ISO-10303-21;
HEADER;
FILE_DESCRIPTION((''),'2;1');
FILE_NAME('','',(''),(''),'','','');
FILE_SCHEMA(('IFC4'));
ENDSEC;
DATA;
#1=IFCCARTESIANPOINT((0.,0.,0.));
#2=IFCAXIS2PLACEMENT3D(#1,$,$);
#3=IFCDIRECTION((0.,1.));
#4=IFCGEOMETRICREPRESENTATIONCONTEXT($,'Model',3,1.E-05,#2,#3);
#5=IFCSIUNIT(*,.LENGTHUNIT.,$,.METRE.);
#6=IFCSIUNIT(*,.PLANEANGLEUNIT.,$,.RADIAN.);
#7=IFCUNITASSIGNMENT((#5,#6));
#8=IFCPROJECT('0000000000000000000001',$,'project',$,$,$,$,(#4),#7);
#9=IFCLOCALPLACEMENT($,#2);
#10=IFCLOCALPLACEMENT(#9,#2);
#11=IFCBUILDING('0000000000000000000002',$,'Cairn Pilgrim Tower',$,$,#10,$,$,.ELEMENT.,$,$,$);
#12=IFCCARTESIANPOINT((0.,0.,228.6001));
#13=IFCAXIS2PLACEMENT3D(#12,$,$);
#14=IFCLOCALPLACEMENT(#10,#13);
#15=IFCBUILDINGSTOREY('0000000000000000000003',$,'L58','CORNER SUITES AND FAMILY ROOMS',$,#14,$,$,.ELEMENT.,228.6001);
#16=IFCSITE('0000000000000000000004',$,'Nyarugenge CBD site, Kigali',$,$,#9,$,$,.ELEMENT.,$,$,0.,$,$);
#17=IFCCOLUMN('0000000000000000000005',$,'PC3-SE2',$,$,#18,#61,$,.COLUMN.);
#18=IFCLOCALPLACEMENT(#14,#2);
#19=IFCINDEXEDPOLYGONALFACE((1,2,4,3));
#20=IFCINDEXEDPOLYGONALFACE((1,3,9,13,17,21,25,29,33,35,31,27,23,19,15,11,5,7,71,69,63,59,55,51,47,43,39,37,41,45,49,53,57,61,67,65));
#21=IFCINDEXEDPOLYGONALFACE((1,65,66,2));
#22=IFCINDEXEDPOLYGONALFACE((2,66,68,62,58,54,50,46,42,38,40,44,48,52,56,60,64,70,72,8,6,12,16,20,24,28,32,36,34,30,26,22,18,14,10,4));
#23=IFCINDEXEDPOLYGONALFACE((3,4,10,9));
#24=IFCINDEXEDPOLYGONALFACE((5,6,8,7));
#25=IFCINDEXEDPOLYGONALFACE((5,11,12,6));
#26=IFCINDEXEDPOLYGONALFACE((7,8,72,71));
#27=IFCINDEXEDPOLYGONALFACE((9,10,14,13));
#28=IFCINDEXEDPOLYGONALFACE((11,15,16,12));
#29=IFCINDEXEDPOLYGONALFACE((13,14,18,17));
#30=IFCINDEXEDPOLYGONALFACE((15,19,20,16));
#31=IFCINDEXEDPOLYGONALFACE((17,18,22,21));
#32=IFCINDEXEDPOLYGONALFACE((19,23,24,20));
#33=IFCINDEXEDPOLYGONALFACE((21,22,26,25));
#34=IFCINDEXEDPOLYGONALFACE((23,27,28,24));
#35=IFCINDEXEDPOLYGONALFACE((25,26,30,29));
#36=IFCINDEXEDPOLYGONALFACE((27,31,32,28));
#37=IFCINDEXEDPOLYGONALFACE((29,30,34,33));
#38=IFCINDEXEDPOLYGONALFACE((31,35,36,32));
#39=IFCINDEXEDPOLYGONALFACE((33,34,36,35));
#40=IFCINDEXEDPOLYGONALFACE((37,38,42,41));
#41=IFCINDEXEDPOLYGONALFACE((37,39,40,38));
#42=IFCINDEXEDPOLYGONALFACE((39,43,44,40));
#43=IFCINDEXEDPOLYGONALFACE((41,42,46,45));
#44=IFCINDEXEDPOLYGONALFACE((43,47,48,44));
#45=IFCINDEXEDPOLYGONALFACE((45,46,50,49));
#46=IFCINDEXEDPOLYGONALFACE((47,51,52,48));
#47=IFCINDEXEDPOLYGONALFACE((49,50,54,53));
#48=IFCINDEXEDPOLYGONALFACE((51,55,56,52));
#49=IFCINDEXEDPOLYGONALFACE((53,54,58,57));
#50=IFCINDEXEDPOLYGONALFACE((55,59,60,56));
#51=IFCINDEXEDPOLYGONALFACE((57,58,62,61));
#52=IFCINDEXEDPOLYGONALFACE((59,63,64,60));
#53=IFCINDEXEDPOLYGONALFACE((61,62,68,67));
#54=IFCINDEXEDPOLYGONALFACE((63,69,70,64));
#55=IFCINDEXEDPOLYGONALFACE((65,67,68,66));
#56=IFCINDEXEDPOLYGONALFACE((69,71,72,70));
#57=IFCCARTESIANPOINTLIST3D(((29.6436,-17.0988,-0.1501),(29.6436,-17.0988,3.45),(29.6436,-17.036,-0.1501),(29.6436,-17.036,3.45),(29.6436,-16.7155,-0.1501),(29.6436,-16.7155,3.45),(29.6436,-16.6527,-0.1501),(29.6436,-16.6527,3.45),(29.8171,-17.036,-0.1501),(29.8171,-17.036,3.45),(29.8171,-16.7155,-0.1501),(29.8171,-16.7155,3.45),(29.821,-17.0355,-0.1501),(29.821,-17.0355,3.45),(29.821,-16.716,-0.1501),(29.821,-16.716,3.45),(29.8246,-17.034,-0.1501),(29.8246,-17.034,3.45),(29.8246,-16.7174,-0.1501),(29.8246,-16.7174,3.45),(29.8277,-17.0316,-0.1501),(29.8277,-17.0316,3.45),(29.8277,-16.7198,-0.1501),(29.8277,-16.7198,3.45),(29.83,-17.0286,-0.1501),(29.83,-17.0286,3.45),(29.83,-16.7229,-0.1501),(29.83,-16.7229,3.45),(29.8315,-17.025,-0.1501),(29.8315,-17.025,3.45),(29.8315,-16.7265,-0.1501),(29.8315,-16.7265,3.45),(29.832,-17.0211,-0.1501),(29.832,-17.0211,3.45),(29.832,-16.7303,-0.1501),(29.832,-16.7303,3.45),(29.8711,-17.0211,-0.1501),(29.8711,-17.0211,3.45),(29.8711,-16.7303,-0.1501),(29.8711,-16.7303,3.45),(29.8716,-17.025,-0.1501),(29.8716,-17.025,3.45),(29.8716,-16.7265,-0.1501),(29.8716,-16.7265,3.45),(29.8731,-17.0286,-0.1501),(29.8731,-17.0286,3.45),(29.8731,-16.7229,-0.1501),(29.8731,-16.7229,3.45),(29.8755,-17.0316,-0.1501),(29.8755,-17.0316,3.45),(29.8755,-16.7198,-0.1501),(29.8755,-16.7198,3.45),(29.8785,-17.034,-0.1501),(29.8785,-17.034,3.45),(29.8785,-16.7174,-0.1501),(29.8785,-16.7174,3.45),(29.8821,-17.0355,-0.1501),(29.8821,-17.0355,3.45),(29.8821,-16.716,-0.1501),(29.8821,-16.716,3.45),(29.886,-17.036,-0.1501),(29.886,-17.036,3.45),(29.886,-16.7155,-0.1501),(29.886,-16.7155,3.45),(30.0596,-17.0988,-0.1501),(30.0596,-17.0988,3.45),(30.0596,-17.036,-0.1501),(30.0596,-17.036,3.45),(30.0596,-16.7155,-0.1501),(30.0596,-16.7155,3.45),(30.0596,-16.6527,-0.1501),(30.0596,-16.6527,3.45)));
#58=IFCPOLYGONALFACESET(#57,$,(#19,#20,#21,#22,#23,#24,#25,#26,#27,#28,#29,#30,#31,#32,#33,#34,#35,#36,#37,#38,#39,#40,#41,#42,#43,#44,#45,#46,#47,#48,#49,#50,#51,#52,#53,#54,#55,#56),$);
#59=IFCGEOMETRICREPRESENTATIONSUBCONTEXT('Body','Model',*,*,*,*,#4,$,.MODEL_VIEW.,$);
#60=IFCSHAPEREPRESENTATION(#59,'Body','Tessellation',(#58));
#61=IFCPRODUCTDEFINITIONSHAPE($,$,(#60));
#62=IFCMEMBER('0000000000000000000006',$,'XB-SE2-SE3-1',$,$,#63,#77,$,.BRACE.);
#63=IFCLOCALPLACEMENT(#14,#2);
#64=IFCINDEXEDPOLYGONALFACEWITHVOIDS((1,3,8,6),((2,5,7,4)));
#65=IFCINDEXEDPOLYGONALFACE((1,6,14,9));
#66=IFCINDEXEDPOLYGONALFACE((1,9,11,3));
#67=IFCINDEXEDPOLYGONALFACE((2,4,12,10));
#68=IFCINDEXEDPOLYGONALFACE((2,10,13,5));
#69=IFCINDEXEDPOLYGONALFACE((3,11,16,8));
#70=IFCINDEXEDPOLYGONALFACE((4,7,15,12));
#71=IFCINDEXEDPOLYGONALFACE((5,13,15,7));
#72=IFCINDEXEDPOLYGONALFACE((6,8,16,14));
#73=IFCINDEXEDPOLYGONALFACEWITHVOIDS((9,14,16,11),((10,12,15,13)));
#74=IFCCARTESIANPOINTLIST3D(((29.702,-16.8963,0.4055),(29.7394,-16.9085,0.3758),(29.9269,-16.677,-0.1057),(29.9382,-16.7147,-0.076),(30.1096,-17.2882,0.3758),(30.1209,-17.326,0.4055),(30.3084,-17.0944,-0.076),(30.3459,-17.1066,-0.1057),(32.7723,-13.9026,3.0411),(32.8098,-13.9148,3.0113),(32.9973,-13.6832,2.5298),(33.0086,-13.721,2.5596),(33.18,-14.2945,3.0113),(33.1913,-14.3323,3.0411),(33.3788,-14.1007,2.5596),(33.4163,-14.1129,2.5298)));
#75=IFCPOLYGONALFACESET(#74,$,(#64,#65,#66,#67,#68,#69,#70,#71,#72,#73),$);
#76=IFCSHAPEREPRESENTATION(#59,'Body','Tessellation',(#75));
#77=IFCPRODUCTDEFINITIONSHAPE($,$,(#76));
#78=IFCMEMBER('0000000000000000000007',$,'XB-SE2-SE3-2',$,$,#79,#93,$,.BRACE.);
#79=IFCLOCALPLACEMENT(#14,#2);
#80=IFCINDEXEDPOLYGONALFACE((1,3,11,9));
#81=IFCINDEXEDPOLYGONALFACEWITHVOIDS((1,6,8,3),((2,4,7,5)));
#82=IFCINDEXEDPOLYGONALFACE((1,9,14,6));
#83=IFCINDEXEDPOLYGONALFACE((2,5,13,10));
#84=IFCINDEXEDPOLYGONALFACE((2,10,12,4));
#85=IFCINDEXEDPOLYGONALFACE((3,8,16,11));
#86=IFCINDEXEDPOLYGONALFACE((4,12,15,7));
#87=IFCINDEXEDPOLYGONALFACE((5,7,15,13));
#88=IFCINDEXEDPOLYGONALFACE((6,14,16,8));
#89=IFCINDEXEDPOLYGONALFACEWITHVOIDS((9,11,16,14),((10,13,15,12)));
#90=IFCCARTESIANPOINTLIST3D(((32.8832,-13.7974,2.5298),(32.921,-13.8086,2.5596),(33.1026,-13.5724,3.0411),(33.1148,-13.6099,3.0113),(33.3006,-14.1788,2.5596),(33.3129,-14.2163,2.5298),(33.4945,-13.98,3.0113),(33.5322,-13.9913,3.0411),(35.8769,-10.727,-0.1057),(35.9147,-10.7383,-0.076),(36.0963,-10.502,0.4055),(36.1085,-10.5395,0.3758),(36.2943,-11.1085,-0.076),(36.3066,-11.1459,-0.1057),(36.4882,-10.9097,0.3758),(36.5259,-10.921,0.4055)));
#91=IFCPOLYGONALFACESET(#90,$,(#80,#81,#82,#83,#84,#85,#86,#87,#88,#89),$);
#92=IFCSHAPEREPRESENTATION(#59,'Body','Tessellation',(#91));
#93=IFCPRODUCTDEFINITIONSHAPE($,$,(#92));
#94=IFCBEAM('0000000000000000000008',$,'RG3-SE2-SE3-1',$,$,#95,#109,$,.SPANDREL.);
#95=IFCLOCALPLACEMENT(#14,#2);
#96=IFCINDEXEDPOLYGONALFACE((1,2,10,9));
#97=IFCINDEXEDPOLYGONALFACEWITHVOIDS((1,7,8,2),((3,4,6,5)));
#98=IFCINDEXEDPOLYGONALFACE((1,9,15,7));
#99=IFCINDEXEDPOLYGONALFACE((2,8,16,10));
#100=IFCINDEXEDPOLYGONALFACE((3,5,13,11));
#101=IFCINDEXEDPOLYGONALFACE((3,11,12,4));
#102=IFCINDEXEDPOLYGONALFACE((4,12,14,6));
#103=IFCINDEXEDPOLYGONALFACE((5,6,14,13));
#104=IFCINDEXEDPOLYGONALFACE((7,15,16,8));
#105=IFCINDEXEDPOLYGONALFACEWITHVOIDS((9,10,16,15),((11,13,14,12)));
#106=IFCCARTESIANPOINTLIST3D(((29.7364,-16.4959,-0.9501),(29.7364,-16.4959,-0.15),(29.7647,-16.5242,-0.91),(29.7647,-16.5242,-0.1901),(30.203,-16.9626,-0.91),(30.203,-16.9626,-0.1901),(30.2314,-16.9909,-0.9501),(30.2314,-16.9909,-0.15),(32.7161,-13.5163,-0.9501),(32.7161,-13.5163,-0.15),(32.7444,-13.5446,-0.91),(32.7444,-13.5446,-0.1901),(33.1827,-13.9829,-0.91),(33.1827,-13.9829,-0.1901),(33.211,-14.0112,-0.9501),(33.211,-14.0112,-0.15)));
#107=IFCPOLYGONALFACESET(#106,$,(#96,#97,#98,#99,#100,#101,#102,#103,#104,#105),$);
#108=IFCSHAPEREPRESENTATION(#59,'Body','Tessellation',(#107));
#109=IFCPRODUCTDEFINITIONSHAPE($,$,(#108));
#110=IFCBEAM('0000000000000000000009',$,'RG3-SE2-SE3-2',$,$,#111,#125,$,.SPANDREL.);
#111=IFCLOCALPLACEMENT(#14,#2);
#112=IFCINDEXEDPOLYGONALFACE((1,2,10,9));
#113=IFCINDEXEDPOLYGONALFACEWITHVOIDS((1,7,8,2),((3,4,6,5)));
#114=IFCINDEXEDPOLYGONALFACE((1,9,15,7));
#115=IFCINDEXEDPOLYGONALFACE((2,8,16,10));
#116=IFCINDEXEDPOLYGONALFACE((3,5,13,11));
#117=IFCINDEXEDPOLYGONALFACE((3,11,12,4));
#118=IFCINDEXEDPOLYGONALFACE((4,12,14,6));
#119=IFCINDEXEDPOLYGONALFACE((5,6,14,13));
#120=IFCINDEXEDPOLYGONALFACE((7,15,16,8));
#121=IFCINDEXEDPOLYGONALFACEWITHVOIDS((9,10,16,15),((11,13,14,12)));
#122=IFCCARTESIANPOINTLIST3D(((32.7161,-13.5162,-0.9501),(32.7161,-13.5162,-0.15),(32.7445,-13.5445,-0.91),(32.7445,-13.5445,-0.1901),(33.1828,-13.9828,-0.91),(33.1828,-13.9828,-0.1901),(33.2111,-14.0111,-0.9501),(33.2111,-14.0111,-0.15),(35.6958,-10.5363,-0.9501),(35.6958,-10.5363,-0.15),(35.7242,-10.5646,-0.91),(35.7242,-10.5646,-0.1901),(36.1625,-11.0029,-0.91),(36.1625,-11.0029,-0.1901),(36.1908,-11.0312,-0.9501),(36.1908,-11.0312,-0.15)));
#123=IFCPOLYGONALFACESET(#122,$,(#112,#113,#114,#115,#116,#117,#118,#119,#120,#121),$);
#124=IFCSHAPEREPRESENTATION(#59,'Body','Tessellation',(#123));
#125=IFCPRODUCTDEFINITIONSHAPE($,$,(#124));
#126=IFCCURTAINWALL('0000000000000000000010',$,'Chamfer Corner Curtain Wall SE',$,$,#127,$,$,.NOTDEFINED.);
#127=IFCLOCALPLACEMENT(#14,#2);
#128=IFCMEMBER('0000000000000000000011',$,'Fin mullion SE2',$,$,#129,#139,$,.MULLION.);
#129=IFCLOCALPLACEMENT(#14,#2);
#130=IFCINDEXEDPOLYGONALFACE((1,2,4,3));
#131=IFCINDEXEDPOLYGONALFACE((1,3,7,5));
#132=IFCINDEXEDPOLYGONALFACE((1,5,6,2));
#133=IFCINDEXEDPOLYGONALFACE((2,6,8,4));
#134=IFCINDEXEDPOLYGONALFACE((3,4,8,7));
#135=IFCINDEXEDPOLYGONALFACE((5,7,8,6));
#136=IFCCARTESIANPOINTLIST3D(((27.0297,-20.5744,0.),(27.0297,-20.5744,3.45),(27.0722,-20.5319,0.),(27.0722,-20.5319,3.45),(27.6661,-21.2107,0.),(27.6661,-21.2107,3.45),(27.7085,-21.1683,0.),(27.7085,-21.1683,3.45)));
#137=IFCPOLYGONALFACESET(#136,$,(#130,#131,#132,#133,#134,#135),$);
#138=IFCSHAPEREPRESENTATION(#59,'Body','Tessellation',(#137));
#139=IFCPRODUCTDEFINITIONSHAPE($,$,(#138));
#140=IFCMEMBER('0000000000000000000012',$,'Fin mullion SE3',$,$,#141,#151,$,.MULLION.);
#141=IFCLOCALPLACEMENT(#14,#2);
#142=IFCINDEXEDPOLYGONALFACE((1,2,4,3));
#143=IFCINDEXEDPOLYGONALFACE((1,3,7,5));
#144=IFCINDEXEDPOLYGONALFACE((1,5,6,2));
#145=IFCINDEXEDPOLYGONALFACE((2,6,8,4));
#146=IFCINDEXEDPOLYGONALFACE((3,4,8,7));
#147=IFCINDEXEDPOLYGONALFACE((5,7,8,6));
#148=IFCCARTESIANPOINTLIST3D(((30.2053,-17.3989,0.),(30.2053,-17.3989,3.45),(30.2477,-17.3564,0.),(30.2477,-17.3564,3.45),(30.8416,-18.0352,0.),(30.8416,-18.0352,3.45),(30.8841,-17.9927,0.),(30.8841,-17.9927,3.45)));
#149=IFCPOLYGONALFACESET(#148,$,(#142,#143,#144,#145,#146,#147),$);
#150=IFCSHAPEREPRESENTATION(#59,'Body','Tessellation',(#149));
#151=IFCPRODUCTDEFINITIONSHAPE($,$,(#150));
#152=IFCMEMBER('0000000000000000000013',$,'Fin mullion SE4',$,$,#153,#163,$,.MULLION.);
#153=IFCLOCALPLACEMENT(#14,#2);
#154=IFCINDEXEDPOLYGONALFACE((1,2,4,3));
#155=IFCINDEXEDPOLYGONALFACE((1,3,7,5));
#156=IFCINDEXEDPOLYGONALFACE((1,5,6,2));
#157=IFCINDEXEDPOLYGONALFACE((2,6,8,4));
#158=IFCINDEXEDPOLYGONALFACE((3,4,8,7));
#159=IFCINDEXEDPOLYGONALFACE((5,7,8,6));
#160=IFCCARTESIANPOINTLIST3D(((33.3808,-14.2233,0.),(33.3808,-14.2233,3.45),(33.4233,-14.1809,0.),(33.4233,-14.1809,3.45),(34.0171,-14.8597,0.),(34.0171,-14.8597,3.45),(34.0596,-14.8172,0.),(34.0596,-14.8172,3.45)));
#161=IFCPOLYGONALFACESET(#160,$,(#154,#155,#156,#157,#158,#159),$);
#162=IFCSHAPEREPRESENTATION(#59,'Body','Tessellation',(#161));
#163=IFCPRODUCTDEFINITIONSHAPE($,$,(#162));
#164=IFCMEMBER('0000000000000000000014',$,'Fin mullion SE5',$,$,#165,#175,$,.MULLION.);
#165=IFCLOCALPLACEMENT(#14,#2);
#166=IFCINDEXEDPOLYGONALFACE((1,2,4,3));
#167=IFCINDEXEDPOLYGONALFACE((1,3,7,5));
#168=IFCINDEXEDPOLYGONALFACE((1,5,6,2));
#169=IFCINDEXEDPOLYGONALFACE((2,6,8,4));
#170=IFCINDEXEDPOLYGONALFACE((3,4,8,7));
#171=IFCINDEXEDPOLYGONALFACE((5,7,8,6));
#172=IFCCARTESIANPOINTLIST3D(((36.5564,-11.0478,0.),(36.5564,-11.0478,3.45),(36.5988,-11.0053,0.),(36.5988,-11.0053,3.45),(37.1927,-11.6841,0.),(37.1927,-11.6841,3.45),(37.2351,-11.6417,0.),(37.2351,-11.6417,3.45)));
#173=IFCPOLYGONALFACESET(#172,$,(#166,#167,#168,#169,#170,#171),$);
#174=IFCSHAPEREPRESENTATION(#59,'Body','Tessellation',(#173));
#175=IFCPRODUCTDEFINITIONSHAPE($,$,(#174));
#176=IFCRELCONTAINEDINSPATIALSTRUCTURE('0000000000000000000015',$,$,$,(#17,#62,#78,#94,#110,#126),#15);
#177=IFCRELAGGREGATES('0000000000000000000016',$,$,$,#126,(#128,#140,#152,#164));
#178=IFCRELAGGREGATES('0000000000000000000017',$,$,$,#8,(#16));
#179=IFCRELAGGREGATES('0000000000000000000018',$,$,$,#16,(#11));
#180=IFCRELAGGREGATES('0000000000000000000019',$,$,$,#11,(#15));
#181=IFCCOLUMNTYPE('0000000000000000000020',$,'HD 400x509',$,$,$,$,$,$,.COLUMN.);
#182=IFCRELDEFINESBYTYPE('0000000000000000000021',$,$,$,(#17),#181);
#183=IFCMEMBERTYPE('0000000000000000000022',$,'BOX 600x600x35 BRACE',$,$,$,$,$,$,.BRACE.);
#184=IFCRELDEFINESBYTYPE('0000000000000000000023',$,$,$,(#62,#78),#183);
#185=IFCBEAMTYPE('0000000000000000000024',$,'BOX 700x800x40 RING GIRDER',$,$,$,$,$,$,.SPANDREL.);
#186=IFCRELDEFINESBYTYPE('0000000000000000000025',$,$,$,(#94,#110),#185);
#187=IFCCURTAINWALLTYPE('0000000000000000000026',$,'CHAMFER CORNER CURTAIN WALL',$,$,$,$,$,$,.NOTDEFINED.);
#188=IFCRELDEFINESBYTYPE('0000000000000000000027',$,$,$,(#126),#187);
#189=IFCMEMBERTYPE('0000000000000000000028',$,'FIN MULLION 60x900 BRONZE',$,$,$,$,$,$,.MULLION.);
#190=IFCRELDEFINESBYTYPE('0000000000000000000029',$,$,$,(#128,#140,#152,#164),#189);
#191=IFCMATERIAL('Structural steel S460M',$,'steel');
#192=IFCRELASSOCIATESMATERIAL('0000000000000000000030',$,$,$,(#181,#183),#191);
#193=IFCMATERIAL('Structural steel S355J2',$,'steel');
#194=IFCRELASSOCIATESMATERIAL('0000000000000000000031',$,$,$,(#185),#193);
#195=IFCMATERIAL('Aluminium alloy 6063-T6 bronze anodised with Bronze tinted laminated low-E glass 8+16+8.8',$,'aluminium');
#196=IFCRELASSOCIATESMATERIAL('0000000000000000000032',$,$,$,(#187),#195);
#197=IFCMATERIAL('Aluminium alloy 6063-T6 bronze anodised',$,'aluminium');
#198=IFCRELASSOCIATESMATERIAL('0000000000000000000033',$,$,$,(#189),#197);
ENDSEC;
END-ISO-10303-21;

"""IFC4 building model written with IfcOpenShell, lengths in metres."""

from ifc_helpers import new_model, si_unit, direction, frame, origin, origin_2d, place, context, subcontext, project, spatial, rectangle, hollow_rectangle, i_section, extrude, material, material_profile, profile_set, type_object, element, aggregate, save


model = new_model("IFC4")

# Units and contexts
model_context = context("Model", 3, precision=1e-05, world=origin(), true_north=direction((0.0, 1.0)))
body_context = subcontext(model_context, "Body", "Model", "MODEL_VIEW")
ifc_project = project(units=[si_unit("LENGTHUNIT", "METRE"), si_unit("PLANEANGLEUNIT", "RADIAN")], contexts=[model_context])

# Site, building, storey
site_placement = place(None, origin())
site = spatial("IfcSite", under=ifc_project, at=site_placement, Name="Nyarugenge CBD site, Kigali", CompositionType="ELEMENT", RefElevation=0.0)
building_placement = place(site_placement, origin())
building = spatial("IfcBuilding", under=site, at=building_placement, Name="Cairn Pilgrim Tower", CompositionType="ELEMENT")
storey_placement = place(building_placement, frame((0.0, 0.0, 228.6001)))
storey = spatial("IfcBuildingStorey", under=building, at=storey_placement, Name="L58", Description="CORNER SUITES AND FAMILY ROOMS", CompositionType="ELEMENT", Elevation=228.6001)

# Column
ifc_material_1 = material(Name="Structural steel S460M", Category="steel")
ifc_material_profile_1 = material_profile(ifc_material_1, i_section(OverallWidth=0.416, OverallDepth=0.446, WebThickness=0.0391, FlangeThickness=0.0627, FilletRadius=0.0149, at=origin_2d()), Name="HD 400x509")
ifc_profile_set_1 = profile_set([ifc_material_profile_1], Name="Structural steel S460M")
column_type = type_object("IfcColumnType", Name="HD 400x509", PredefinedType="COLUMN", material=ifc_profile_set_1)
column_placement = place(storey_placement, frame((29.8516, -16.8757, -0.1501), z_axis=(0.0, 0.0, 1.0), x_axis=(1.0, 0.0, 0.0)))
element("IfcColumn", 1, at=column_placement, inside=storey, type_object=column_type, Name="PC3-SE2", PredefinedType="COLUMN", context=body_context, shape_type="SweptSolid", body=[
    extrude(i_section(OverallWidth=0.416, OverallDepth=0.446, WebThickness=0.0391, FlangeThickness=0.0627, FilletRadius=0.0149, at=origin_2d()), origin(), (0.0, 0.0, 1.0), 3.6001),
])

# Members
ifc_material_profile_2 = material_profile(ifc_material_1, hollow_rectangle(XDim=0.6001, YDim=0.6001, WallThickness=0.0349, at=origin_2d()), Name="BOX 600x600x35")
ifc_profile_set_2 = profile_set([ifc_material_profile_2], Name="Structural steel S460M")
member_type_1 = type_object("IfcMemberType", Name="BOX 600x600x35 BRACE", PredefinedType="BRACE", material=ifc_profile_set_2)
for number, where, z_axis, x_axis, name in (
    (2, (30.0239, -17.0015, 0.1499), (0.609994, 0.594763, 0.523607), (-0.698112, 0.715989, 0.0), "XB-SE2-SE3-1"),
    (3, (36.2014, -10.824, 0.1499), (-0.594763, -0.609994, 0.523607), (0.715989, -0.698112, 0.0), "XB-SE2-SE3-2"),
):
    element("IfcMember", number, at=place(storey_placement, frame(where, z_axis=z_axis, x_axis=x_axis)), inside=storey, type_object=member_type_1, Name=name, PredefinedType="BRACE", context=body_context, shape_type="SweptSolid", body=[
        extrude(hollow_rectangle(XDim=0.6001, YDim=0.6001, WallThickness=0.0349, at=origin_2d()), origin(), (0.0, 0.0, 1.0), 5.0334),
    ])

# Beams
ifc_material_2 = material(Name="Structural steel S355J2", Category="steel")
ifc_material_profile_3 = material_profile(ifc_material_2, hollow_rectangle(XDim=0.7, YDim=0.8, WallThickness=0.04, at=origin_2d()), Name="BOX 700x800x40")
ifc_profile_set_3 = profile_set([ifc_material_profile_3], Name="Structural steel S355J2")
beam_type_1 = type_object("IfcBeamType", Name="BOX 700x800x40 RING GIRDER", PredefinedType="SPANDREL", material=ifc_profile_set_3)
beam_1_placement = place(storey_placement, frame((29.9839, -16.7434, -0.55), z_axis=(0.707107, 0.707107, 0.0), x_axis=(-0.707107, 0.707107, 0.0)))
element("IfcBeam", 4, at=beam_1_placement, inside=storey, type_object=beam_type_1, Name="RG3-SE2-SE3-1", PredefinedType="SPANDREL", context=body_context, shape_type="SweptSolid", body=[
    extrude(hollow_rectangle(XDim=0.7, YDim=0.8, WallThickness=0.04, at=origin_2d()), origin(), (0.0, 0.0, 1.0), 4.2139),
])
beam_2_placement = place(storey_placement, frame((32.9636, -13.7637, -0.55), z_axis=(0.707078, 0.707136, 0.0), x_axis=(-0.707136, 0.707078, 0.0)))
element("IfcBeam", 5, at=beam_2_placement, inside=storey, type_object=beam_type_1, Name="RG3-SE2-SE3-2", PredefinedType="SPANDREL", context=body_context, shape_type="SweptSolid", body=[
    extrude(hollow_rectangle(XDim=0.7, YDim=0.8, WallThickness=0.04, at=origin_2d()), origin(), (0.0, 0.0, 1.0), 4.2141),
])

# Curtain wall, members
ifc_material_3 = material(Name="Aluminium alloy 6063-T6 bronze anodised with Bronze tinted laminated low-E glass 8+16+8.8", Category="aluminium")
curtain_wall_type = type_object("IfcCurtainWallType", Name="CHAMFER CORNER CURTAIN WALL", PredefinedType="NOTDEFINED", material=ifc_material_3)
curtain_wall_placement = place(storey_placement, origin())
curtain_wall = element("IfcCurtainWall", 6, at=curtain_wall_placement, inside=storey, type_object=curtain_wall_type, Name="Chamfer Corner Curtain Wall SE", PredefinedType="NOTDEFINED")
ifc_material_4 = material(Name="Aluminium alloy 6063-T6 bronze anodised", Category="aluminium")
ifc_material_profile_4 = material_profile(ifc_material_4, rectangle(XDim=0.8999, YDim=0.0601, at=origin_2d()), Name="FIN MULLION 60x900 BRONZE")
ifc_profile_set_4 = profile_set([ifc_material_profile_4], Name="Aluminium alloy 6063-T6 bronze anodised")
member_type_2 = type_object("IfcMemberType", Name="FIN MULLION 60x900 BRONZE", PredefinedType="MULLION", material=ifc_profile_set_4)
member_1_placement = place(storey_placement, frame((27.3691, -20.8713, 0.0), z_axis=(0.0, 0.0, 1.0), x_axis=(0.707107, -0.707107, 0.0)))
member_1 = element("IfcMember", 7, at=member_1_placement, type_object=member_type_2, Name="Fin mullion SE2", PredefinedType="MULLION", context=body_context, shape_type="SweptSolid", body=[
    extrude(rectangle(XDim=0.8999, YDim=0.0601, at=origin_2d()), origin(), (0.0, 0.0, 1.0), 3.45),
])
member_2_placement = place(storey_placement, frame((30.5447, -17.6958, 0.0), z_axis=(0.0, 0.0, 1.0), x_axis=(0.707107, -0.707107, 0.0)))
member_2 = element("IfcMember", 8, at=member_2_placement, type_object=member_type_2, Name="Fin mullion SE3", PredefinedType="MULLION", context=body_context, shape_type="SweptSolid", body=[
    extrude(rectangle(XDim=0.8999, YDim=0.0601, at=origin_2d()), origin(), (0.0, 0.0, 1.0), 3.45),
])
member_3_placement = place(storey_placement, frame((33.7202, -14.5203, 0.0), z_axis=(0.0, 0.0, 1.0), x_axis=(0.707107, -0.707107, 0.0)))
member_3 = element("IfcMember", 9, at=member_3_placement, type_object=member_type_2, Name="Fin mullion SE4", PredefinedType="MULLION", context=body_context, shape_type="SweptSolid", body=[
    extrude(rectangle(XDim=0.8999, YDim=0.0601, at=origin_2d()), origin(), (0.0, 0.0, 1.0), 3.45),
])
member_4_placement = place(storey_placement, frame((36.8958, -11.3447, 0.0), z_axis=(0.0, 0.0, 1.0), x_axis=(0.707107, -0.707107, 0.0)))
member_4 = element("IfcMember", 10, at=member_4_placement, type_object=member_type_2, Name="Fin mullion SE5", PredefinedType="MULLION", context=body_context, shape_type="SweptSolid", body=[
    extrude(rectangle(XDim=0.8999, YDim=0.0601, at=origin_2d()), origin(), (0.0, 0.0, 1.0), 3.45),
])

aggregate(curtain_wall, [member_1, member_2, member_3, member_4])

save(model, "model.ifc")
